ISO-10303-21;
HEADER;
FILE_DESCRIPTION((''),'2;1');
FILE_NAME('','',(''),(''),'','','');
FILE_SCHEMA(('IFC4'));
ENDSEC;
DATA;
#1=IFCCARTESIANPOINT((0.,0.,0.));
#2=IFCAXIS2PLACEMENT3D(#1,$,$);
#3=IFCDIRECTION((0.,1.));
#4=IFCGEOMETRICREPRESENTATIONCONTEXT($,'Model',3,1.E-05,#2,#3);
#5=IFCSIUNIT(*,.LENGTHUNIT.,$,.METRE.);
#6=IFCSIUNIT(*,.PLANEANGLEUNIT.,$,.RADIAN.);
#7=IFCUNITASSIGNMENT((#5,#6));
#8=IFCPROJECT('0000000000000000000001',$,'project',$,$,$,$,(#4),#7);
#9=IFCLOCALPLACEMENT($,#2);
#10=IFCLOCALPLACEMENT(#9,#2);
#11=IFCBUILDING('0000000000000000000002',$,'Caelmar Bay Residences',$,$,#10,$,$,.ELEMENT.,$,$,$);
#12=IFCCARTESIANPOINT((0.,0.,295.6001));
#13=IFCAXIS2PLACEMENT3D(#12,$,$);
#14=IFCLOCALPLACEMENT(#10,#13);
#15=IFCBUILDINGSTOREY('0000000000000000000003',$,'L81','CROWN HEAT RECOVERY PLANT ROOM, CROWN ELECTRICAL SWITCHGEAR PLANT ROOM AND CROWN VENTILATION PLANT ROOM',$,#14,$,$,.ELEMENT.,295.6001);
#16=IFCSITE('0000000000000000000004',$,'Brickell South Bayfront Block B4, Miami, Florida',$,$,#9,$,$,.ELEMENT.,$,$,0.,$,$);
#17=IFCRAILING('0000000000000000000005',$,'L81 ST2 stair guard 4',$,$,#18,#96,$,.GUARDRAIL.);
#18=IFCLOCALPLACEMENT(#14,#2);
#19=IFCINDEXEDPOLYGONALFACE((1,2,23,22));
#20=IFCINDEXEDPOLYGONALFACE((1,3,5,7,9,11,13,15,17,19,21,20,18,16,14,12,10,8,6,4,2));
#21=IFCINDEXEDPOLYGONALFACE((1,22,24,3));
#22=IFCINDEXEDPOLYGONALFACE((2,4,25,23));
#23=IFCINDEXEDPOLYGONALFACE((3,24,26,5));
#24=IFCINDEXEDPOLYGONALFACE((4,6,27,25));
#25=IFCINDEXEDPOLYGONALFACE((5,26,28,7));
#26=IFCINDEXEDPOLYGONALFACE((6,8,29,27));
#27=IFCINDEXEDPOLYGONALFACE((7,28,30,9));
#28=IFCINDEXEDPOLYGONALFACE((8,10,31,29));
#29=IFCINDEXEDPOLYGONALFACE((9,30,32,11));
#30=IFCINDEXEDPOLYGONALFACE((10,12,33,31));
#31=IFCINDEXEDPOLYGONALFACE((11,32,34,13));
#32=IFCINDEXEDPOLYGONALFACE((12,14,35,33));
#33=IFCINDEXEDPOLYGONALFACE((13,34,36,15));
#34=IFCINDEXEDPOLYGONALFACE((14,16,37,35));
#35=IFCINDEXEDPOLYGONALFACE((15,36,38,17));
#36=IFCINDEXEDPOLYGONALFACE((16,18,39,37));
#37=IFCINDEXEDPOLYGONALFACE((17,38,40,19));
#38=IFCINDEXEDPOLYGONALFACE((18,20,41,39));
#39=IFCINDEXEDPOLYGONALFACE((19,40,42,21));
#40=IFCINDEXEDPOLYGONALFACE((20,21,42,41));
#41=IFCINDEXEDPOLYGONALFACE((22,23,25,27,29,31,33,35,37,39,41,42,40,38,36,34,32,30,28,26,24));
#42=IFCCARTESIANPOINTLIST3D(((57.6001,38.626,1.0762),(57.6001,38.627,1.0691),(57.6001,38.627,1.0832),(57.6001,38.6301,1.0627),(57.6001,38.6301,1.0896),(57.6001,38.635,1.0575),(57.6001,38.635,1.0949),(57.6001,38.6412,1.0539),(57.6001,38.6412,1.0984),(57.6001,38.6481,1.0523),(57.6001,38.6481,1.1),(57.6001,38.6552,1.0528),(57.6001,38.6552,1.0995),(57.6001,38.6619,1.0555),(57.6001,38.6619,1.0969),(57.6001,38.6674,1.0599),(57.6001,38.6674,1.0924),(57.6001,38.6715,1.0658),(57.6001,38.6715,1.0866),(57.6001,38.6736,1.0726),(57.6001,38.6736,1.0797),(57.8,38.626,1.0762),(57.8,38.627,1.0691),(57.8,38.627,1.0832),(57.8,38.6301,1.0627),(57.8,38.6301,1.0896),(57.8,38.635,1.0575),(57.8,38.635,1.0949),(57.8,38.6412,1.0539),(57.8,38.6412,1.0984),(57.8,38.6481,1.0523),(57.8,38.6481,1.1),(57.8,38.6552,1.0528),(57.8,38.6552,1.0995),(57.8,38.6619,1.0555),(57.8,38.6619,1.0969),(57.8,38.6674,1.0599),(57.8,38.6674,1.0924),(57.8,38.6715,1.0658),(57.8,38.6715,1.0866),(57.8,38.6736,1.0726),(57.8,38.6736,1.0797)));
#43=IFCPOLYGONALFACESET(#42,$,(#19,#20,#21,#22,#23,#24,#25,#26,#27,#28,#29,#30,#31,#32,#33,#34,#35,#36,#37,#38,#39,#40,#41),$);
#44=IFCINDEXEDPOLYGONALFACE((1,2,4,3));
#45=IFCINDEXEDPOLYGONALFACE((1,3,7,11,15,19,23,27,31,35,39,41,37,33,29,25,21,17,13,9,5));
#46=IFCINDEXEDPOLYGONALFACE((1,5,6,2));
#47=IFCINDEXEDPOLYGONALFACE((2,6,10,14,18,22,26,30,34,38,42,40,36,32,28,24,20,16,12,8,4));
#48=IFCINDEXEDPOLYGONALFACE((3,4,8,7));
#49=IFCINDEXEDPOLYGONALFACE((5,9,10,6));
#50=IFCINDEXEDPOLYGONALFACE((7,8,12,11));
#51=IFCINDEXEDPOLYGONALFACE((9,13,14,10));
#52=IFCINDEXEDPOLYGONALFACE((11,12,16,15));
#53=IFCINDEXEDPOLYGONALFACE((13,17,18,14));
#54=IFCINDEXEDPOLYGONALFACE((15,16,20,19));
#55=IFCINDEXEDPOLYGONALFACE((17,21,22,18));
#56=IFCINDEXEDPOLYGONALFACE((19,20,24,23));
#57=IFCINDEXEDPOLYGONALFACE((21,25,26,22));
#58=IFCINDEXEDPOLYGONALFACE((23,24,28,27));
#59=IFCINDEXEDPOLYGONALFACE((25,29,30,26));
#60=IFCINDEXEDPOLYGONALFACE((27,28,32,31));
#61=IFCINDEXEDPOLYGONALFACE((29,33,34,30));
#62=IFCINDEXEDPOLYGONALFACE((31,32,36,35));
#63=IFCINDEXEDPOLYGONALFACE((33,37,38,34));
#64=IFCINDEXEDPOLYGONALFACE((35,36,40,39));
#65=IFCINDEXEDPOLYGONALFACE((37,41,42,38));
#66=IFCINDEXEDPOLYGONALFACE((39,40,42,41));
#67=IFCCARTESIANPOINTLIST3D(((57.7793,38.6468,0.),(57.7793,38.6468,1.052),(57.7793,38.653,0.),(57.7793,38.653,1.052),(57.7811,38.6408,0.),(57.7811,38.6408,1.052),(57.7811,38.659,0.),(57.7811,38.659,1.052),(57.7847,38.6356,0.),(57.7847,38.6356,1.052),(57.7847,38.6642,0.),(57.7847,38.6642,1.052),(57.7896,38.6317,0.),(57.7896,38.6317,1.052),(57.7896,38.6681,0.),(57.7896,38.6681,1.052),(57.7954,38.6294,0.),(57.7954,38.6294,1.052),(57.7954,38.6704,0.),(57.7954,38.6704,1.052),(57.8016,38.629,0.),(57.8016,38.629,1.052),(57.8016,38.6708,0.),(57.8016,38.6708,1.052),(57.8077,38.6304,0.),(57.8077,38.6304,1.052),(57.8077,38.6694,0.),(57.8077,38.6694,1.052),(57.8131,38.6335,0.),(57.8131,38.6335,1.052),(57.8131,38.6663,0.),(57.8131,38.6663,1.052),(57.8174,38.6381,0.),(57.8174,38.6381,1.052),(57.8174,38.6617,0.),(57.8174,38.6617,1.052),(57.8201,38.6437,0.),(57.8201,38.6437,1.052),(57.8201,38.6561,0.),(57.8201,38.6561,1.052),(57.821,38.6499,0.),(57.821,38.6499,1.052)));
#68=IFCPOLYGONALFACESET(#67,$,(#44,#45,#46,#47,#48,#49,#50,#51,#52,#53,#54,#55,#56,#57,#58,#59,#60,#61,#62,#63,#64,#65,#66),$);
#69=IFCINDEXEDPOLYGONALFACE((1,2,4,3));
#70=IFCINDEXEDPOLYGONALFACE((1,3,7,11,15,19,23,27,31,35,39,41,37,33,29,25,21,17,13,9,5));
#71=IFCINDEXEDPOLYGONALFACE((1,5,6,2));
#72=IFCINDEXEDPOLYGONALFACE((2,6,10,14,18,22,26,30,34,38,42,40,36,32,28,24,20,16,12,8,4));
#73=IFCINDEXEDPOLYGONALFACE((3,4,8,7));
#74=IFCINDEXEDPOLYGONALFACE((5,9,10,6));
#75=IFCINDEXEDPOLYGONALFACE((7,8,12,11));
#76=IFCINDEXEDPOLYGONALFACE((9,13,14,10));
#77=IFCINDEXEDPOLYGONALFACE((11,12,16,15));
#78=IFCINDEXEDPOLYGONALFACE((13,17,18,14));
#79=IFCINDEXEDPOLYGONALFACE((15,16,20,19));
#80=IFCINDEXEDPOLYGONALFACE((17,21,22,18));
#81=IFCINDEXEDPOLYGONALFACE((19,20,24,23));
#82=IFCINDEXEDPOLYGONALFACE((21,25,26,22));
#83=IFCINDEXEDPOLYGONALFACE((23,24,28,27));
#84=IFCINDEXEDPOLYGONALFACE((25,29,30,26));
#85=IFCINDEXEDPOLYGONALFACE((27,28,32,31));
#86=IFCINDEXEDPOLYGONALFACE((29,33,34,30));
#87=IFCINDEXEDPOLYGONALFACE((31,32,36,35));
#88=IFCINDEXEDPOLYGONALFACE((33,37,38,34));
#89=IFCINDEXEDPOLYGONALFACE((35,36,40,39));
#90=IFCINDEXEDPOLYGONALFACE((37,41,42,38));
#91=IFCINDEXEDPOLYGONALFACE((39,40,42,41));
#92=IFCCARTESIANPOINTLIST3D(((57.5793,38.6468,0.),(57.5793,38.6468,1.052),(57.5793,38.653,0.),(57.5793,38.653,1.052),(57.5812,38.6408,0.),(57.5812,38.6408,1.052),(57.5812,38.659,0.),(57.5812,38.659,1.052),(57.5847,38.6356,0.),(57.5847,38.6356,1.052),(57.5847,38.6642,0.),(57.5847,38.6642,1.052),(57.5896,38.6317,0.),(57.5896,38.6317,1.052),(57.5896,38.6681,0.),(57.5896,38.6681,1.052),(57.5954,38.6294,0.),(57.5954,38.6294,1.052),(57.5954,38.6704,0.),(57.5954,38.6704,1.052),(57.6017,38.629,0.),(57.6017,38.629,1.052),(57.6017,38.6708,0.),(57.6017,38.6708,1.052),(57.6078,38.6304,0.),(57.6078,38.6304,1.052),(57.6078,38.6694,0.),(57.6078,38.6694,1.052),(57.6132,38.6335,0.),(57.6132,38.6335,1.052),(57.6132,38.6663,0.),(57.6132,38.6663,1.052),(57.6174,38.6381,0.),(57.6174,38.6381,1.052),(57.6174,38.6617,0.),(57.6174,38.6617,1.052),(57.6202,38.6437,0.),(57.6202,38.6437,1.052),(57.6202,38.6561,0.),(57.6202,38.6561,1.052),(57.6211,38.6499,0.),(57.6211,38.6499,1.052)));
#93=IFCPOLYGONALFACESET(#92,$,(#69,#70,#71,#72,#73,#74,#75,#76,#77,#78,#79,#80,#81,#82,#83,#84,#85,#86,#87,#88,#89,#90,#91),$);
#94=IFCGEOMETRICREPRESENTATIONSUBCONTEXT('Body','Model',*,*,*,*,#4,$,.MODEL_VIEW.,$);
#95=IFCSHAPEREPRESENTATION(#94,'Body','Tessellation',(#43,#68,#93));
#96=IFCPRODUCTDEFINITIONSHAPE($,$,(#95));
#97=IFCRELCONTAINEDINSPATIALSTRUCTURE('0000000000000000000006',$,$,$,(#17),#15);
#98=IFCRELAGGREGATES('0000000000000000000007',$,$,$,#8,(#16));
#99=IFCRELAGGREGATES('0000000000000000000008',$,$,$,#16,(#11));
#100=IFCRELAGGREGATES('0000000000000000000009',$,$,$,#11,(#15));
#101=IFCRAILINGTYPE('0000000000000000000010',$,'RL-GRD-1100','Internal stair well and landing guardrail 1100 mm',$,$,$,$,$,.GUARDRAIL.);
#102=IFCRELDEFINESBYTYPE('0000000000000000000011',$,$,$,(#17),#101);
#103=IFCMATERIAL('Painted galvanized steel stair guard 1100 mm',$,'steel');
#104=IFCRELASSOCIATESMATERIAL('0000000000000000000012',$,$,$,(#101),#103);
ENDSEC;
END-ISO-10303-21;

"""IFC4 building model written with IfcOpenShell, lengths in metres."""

from ifc_helpers import new_model, si_unit, direction, frame, origin, origin_2d, place, context, subcontext, project, spatial, circle, extrude, material, type_object, element, save


model = new_model("IFC4")

# Units and contexts
model_context = context("Model", 3, precision=1e-05, world=origin(), true_north=direction((0.0, 1.0)))
body_context = subcontext(model_context, "Body", "Model", "MODEL_VIEW")
ifc_project = project(units=[si_unit("LENGTHUNIT", "METRE"), si_unit("PLANEANGLEUNIT", "RADIAN")], contexts=[model_context])

# Site, building, storey
site_placement = place(None, origin())
site = spatial("IfcSite", under=ifc_project, at=site_placement, Name="Brickell South Bayfront Block B4, Miami, Florida", CompositionType="ELEMENT", RefElevation=0.0)
building_placement = place(site_placement, origin())
building = spatial("IfcBuilding", under=site, at=building_placement, Name="Caelmar Bay Residences", CompositionType="ELEMENT")
storey_placement = place(building_placement, frame((0.0, 0.0, 295.6001)))
storey = spatial("IfcBuildingStorey", under=building, at=storey_placement, Name="L81", Description="CROWN HEAT RECOVERY PLANT ROOM, CROWN ELECTRICAL SWITCHGEAR PLANT ROOM AND CROWN VENTILATION PLANT ROOM", CompositionType="ELEMENT", Elevation=295.6001)

# Railing
ifc_material_1 = material(Name="Painted galvanized steel stair guard 1100 mm", Category="steel")
railing_type_1 = type_object("IfcRailingType", Name="RL-GRD-1100", Description="Internal stair well and landing guardrail 1100 mm", PredefinedType="GUARDRAIL", material=ifc_material_1)
railing_1_placement = place(storey_placement, frame((57.8, 38.6499, 0.0)))
element("IfcRailing", 1, at=railing_1_placement, inside=storey, type_object=railing_type_1, Name="L81 ST2 stair guard 4", PredefinedType="GUARDRAIL", context=body_context, shape_type="SweptSolid", body=[
    extrude(circle(Radius=0.0239, at=origin_2d()), frame((0.0, 0.0, 1.0762), z_axis=(-1.0, 0.0, 0.0), x_axis=(0.0, -1.0, 0.0)), (0.0, 0.0, 1.0), 0.2),
    extrude(circle(Radius=0.021, at=origin_2d()), origin(), (0.0, 0.0, 1.0), 1.052),
    extrude(circle(Radius=0.021, at=origin_2d()), frame((-0.2, 0.0, 0.0)), (0.0, 0.0, 1.0), 1.052),
])

save(model, "model.ifc")
